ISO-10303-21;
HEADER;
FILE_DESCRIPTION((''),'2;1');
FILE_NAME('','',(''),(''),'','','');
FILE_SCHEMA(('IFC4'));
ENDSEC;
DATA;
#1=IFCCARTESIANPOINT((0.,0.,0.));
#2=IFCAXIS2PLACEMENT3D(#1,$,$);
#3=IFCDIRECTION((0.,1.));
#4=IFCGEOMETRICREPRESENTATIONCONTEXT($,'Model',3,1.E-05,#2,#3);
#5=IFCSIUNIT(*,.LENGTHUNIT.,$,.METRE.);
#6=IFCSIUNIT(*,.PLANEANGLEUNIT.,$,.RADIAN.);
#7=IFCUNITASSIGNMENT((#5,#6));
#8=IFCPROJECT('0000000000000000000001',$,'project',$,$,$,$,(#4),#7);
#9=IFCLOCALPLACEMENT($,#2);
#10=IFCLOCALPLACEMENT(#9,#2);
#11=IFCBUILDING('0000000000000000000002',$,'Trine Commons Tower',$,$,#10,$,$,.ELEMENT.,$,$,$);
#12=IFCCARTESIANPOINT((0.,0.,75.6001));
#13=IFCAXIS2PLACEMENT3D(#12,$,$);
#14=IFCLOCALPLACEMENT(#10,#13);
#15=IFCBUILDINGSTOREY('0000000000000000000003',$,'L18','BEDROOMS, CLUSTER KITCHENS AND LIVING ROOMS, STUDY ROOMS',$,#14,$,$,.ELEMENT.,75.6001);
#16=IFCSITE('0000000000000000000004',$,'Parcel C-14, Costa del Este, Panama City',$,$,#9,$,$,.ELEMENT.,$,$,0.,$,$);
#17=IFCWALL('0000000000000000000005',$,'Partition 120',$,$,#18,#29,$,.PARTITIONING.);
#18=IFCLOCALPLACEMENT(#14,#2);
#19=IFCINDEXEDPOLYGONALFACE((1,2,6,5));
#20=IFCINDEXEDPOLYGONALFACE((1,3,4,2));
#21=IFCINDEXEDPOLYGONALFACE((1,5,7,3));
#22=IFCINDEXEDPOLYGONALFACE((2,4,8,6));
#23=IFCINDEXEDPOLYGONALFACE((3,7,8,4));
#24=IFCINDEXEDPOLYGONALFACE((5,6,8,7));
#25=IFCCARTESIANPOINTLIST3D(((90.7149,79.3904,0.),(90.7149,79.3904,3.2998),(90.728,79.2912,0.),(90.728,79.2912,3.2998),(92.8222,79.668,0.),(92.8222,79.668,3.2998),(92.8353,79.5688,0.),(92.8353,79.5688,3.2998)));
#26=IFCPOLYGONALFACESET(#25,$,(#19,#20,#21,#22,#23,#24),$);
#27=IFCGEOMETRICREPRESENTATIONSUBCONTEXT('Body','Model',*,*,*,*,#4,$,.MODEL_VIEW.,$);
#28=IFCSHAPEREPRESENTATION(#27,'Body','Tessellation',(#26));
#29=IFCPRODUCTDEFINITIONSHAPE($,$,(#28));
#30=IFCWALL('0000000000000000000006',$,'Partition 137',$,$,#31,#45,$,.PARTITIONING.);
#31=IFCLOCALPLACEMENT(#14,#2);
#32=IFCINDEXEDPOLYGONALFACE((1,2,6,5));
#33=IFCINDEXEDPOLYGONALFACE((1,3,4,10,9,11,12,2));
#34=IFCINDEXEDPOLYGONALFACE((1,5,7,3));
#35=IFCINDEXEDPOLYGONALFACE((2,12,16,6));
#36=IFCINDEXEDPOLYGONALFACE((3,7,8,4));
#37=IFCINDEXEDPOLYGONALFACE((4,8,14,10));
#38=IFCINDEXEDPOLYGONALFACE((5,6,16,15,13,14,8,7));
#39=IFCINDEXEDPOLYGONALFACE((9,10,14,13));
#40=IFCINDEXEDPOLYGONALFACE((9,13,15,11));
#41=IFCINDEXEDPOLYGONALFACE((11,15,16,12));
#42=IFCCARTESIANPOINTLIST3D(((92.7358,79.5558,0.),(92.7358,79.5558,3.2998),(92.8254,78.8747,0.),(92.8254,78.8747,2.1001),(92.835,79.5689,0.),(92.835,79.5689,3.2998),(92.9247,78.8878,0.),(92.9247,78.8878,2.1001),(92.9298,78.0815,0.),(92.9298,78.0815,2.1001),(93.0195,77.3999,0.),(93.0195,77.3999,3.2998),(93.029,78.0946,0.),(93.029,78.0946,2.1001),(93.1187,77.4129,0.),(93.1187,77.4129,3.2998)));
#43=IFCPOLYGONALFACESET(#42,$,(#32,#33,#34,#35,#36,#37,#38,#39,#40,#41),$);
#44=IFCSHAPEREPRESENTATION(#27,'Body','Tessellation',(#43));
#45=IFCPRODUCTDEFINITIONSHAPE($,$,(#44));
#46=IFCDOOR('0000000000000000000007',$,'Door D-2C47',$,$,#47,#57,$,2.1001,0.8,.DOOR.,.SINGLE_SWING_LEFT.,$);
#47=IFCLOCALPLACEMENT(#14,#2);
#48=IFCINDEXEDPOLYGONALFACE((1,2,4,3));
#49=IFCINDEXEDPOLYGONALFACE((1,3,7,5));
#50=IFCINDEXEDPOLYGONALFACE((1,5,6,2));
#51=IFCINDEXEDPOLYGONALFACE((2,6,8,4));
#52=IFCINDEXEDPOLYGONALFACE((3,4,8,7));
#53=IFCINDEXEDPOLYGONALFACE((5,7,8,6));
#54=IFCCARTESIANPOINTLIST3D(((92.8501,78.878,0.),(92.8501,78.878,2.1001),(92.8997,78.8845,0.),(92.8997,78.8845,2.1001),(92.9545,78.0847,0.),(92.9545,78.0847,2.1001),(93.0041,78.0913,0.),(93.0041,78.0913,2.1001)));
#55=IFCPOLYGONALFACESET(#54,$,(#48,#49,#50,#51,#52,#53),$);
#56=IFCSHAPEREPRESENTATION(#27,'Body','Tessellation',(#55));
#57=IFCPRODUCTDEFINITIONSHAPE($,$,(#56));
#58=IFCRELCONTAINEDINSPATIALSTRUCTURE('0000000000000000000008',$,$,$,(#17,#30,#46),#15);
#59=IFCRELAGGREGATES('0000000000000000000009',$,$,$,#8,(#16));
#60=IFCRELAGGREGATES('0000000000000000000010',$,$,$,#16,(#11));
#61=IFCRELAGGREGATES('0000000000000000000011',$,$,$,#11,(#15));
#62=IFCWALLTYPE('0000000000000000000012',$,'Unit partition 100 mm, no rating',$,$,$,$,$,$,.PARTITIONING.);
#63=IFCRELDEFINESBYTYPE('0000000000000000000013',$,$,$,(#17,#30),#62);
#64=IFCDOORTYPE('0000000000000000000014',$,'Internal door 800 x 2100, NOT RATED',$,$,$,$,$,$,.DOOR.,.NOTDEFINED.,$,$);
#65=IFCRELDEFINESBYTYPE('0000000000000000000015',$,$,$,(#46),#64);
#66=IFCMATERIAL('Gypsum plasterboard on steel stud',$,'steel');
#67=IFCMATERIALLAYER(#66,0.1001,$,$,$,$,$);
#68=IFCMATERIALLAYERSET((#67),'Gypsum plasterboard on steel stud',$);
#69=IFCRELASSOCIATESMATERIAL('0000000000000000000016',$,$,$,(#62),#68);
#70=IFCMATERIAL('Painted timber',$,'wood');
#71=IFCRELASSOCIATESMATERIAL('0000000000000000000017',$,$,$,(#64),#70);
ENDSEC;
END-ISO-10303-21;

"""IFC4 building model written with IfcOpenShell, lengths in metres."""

from ifc_helpers import new_model, si_unit, direction, frame, frame_2d, origin, place, context, subcontext, project, spatial, rectangle, extrude, material, layer, layer_set, type_object, element, fill, save


model = new_model("IFC4")

# Units and contexts
model_context = context("Model", 3, precision=1e-05, world=origin(), true_north=direction((0.0, 1.0)))
body_context = subcontext(model_context, "Body", "Model", "MODEL_VIEW")
ifc_project = project(units=[si_unit("LENGTHUNIT", "METRE"), si_unit("PLANEANGLEUNIT", "RADIAN")], contexts=[model_context])

# Site, building, storey
site_placement = place(None, origin())
site = spatial("IfcSite", under=ifc_project, at=site_placement, Name="Parcel C-14, Costa del Este, Panama City", CompositionType="ELEMENT", RefElevation=0.0)
building_placement = place(site_placement, origin())
building = spatial("IfcBuilding", under=site, at=building_placement, Name="Trine Commons Tower", CompositionType="ELEMENT")
storey_placement = place(building_placement, frame((0.0, 0.0, 75.6001)))
storey = spatial("IfcBuildingStorey", under=building, at=storey_placement, Name="L18", Description="BEDROOMS, CLUSTER KITCHENS AND LIVING ROOMS, STUDY ROOMS", CompositionType="ELEMENT", Elevation=75.6001)

# Shared definitions
ifc_material_1 = material(Name="Gypsum plasterboard on steel stud", Category="steel")

# Shared definitions
ifc_material_2 = material(Name="Painted timber", Category="wood")

# Wall
ifc_layer_1 = layer(ifc_material_1, 0.1001)
ifc_layer_set_1 = layer_set([ifc_layer_1], Name="Gypsum plasterboard on steel stud")
wall_type_1 = type_object("IfcWallType", Name="Unit partition 100 mm, no rating", PredefinedType="PARTITIONING", material=ifc_layer_set_1)
wall_1_placement = place(storey_placement, frame((90.7214, 79.3408, 0.0), z_axis=(0.0, 0.0, 1.0), x_axis=(0.991434, 0.130606, 0.0)))
element("IfcWall", 1, at=wall_1_placement, inside=storey, type_object=wall_type_1, Name="Partition 120", PredefinedType="PARTITIONING", context=body_context, shape_type="SweptSolid", body=[
    extrude(rectangle(XDim=2.1255, YDim=0.1001, at=frame_2d((1.0627, 0.0))), origin(), (0.0, 0.0, 1.0), 3.2998),
])

# Wall, opening, door
wall_2_placement = place(storey_placement, frame((92.7854, 79.5625, 0.0), z_axis=(0.0, 0.0, 1.0), x_axis=(0.130457, -0.991454, 0.0)))
wall_2 = element("IfcWall", 2, at=wall_2_placement, inside=storey, type_object=wall_type_1, Name="Partition 137", PredefinedType="PARTITIONING", context=body_context, shape_type="SweptSolid", body=[
    extrude(rectangle(XDim=2.1746, YDim=0.1001, at=frame_2d((1.0874, 0.0))), origin(), (0.0, 0.0, 1.0), 3.2998),
])
opening_1_placement = place(wall_2_placement, frame((0.6873, 0.0, 0.0)))
opening_1 = element("IfcOpeningElement", 3, at=opening_1_placement, cuts=wall_2, PredefinedType="OPENING", context=body_context, shape_type="SweptSolid", body=[
    extrude(rectangle(XDim=0.8, YDim=2.1001, at=frame_2d((0.3999, 1.05))), frame((0.0, 0.0601, 0.0), z_axis=(0.0, -1.0, 0.0), x_axis=(1.0, 0.0, 0.0)), (0.0, 0.0, 1.0), 0.1201),
])
door_type_1 = type_object("IfcDoorType", Name="Internal door 800 x 2100, NOT RATED", OperationType="NOTDEFINED", PredefinedType="DOOR", material=ifc_material_2)
door_1_placement = place(opening_1_placement, origin())
door_1 = element("IfcDoor", 4, at=door_1_placement, inside=storey, type_object=door_type_1, Name="Door D-2C47", OperationType="SINGLE_SWING_LEFT", OverallHeight=2.1001, OverallWidth=0.8, PredefinedType="DOOR", context=body_context, shape_type="SweptSolid", body=[
    extrude(rectangle(XDim=0.8, YDim=2.1001, at=frame_2d((0.3999, 1.05))), frame((0.0, 0.0249, 0.0), z_axis=(0.0, -1.0, 0.0), x_axis=(1.0, 0.0, 0.0)), (0.0, 0.0, 1.0), 0.05),
])
fill(opening_1, door_1)

save(model, "model.ifc")
